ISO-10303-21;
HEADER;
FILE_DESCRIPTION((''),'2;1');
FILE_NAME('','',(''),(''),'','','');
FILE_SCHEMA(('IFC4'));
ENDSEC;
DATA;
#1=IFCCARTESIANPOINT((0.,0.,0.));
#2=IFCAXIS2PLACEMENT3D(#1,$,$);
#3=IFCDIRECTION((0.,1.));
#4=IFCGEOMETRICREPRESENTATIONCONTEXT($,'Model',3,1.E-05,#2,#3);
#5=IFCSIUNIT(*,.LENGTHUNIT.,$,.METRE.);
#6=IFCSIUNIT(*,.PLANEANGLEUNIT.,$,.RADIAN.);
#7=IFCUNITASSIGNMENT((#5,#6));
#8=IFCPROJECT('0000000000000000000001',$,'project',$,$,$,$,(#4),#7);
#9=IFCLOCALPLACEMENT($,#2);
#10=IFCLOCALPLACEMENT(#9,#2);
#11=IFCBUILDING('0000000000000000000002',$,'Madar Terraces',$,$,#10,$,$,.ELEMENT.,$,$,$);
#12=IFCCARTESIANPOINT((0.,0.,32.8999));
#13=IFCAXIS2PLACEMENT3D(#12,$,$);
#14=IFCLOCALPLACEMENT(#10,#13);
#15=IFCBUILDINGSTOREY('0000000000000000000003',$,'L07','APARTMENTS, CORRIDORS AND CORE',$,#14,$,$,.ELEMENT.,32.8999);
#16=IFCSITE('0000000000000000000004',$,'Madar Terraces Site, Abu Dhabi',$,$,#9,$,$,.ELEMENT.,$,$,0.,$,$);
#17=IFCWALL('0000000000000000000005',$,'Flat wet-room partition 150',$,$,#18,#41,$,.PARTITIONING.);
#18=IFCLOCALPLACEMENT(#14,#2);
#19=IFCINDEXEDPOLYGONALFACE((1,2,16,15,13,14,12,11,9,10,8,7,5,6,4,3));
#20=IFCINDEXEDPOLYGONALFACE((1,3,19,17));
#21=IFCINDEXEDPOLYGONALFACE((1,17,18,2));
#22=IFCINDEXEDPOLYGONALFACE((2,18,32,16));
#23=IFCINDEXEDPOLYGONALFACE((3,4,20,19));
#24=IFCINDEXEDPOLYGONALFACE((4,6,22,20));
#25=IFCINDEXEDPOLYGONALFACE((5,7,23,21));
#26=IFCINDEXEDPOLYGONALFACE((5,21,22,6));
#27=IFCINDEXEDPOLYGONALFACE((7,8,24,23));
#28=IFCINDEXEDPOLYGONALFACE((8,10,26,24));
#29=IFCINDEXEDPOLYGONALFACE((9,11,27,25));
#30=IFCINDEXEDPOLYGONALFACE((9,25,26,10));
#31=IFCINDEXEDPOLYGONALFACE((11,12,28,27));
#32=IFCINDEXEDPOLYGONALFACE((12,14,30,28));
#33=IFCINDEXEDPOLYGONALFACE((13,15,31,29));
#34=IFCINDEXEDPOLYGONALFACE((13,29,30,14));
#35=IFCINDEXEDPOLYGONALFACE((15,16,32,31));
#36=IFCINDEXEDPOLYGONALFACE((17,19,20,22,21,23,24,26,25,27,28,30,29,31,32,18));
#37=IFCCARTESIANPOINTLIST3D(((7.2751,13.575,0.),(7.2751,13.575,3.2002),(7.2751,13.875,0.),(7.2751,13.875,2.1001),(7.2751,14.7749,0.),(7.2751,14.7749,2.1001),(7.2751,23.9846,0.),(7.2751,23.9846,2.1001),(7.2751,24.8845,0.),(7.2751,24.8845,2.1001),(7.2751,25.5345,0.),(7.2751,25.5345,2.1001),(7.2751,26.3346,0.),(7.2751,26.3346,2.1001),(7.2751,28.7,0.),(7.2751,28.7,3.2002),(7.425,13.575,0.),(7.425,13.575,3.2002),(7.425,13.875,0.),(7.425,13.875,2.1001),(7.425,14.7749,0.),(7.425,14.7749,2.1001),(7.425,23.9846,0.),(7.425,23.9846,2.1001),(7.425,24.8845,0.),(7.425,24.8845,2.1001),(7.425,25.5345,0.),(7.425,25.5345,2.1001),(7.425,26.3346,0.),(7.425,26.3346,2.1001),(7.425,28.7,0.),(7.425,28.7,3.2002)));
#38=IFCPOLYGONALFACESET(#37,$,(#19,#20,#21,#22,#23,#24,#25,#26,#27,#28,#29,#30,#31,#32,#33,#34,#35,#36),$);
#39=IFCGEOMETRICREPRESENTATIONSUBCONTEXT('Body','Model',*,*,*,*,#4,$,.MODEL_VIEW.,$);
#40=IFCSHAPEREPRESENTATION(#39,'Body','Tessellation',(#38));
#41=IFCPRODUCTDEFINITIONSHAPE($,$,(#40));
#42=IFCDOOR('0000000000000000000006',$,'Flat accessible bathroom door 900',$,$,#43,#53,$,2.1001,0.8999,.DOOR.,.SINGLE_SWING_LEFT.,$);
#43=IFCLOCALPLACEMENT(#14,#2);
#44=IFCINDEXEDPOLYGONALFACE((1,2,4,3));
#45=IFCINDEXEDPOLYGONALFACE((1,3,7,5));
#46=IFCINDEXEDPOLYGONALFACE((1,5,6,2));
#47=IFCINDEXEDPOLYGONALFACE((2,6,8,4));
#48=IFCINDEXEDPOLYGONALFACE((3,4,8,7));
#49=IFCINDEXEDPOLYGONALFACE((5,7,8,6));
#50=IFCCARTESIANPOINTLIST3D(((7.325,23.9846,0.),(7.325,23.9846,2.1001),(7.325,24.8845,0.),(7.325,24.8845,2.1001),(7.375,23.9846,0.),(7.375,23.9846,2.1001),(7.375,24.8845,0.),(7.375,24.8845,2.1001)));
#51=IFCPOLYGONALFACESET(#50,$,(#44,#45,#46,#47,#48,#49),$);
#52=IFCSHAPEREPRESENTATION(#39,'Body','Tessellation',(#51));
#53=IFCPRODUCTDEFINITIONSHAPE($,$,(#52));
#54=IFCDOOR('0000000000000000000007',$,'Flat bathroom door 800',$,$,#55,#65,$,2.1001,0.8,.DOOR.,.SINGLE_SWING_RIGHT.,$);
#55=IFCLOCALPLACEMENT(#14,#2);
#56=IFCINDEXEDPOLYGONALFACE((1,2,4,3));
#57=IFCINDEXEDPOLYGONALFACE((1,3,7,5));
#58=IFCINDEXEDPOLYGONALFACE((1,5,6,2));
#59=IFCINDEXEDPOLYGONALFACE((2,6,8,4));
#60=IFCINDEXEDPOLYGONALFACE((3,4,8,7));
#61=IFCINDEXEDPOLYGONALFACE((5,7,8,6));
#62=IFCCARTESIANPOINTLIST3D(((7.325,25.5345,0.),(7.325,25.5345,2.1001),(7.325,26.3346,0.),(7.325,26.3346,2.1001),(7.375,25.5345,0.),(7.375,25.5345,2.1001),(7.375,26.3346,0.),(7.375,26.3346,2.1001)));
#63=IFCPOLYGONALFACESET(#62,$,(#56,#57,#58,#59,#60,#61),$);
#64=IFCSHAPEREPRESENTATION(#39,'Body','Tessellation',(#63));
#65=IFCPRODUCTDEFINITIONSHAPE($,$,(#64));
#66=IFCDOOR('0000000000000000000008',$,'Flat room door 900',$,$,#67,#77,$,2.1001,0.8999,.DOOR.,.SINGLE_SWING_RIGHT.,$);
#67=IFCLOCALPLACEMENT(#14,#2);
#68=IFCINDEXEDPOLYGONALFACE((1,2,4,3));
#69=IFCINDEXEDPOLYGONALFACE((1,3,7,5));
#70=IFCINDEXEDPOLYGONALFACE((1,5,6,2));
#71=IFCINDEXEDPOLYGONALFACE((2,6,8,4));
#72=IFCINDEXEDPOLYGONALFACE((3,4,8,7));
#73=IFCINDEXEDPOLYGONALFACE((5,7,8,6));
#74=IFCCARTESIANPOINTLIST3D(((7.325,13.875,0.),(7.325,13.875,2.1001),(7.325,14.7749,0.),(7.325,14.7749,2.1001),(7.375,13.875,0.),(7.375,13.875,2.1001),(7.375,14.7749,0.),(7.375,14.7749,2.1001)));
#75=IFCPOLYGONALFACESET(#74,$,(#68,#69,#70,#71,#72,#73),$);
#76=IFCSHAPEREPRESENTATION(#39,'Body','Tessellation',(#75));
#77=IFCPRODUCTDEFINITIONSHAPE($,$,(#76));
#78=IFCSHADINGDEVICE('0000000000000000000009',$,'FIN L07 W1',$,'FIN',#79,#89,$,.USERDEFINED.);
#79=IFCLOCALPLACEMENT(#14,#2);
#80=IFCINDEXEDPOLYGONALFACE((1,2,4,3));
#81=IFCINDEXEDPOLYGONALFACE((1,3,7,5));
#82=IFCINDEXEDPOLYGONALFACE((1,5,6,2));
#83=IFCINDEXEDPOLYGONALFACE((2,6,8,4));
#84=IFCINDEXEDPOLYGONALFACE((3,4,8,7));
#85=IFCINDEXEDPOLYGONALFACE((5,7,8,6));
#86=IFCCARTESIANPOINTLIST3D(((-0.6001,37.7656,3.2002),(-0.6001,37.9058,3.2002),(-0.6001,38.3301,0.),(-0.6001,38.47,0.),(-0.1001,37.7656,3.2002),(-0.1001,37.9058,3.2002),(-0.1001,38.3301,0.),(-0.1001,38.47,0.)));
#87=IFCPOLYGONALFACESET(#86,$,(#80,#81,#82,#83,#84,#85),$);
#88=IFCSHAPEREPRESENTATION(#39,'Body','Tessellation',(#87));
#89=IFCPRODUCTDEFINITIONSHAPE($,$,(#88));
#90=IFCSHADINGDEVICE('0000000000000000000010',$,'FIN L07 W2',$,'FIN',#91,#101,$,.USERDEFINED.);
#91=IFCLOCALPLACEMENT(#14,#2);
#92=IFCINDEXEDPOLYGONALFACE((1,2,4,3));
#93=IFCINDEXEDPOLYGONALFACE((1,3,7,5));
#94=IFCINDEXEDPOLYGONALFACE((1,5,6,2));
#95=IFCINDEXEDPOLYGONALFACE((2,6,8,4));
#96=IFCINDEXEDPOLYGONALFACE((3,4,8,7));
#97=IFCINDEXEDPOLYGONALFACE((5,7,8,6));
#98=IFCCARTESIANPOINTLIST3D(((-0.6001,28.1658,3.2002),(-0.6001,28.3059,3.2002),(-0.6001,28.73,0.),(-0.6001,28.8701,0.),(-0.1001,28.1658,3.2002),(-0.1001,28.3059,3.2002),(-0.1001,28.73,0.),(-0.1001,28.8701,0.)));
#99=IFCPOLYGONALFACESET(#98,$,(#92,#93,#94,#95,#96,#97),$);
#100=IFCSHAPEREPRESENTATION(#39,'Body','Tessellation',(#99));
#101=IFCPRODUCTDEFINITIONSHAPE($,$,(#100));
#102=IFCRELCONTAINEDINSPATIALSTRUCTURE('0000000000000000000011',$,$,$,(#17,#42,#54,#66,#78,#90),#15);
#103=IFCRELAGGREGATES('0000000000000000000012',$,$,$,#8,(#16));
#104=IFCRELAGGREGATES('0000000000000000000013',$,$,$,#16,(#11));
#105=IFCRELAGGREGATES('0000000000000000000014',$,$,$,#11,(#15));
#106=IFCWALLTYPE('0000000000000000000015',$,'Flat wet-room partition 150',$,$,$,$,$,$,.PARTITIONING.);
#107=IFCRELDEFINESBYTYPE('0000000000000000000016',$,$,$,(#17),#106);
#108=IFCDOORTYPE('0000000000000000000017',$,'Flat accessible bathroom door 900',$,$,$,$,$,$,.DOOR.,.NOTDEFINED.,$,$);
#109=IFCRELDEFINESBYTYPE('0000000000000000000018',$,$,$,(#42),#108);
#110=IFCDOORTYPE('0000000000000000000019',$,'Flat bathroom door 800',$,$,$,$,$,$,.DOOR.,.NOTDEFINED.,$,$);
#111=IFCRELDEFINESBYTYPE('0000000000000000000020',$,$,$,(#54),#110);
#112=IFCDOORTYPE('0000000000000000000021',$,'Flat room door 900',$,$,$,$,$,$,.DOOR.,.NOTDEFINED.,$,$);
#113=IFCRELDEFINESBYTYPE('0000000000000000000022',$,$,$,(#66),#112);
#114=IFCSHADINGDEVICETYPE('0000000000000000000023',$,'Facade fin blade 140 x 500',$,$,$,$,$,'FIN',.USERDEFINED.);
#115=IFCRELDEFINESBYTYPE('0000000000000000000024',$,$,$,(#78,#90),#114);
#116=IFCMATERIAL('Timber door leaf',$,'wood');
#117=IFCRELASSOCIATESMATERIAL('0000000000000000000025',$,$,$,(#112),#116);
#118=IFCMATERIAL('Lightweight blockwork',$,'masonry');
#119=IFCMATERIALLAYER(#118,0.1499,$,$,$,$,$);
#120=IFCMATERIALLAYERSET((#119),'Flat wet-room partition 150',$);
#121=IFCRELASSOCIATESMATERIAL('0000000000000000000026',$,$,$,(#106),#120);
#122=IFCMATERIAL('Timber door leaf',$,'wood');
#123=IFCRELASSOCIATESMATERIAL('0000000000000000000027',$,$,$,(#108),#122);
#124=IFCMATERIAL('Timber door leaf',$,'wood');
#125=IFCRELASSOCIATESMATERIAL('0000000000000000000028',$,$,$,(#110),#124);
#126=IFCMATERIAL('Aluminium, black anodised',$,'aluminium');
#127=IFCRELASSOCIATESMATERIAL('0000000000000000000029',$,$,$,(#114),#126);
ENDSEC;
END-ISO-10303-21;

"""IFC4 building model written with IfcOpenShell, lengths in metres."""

from ifc_helpers import new_model, si_unit, direction, frame, frame_2d, origin, place, context, subcontext, project, spatial, polyline, rectangle, outline, extrude, material, layer, layer_set, type_object, element, fill, save


model = new_model("IFC4")

# Units and contexts
model_context = context("Model", 3, precision=1e-05, world=origin(), true_north=direction((0.0, 1.0)))
body_context = subcontext(model_context, "Body", "Model", "MODEL_VIEW")
ifc_project = project(units=[si_unit("LENGTHUNIT", "METRE"), si_unit("PLANEANGLEUNIT", "RADIAN")], contexts=[model_context])

# Site, building, storey
site_placement = place(None, origin())
site = spatial("IfcSite", under=ifc_project, at=site_placement, Name="Madar Terraces Site, Abu Dhabi", CompositionType="ELEMENT", RefElevation=0.0)
building_placement = place(site_placement, origin())
building = spatial("IfcBuilding", under=site, at=building_placement, Name="Madar Terraces", CompositionType="ELEMENT")
storey_placement = place(building_placement, frame((0.0, 0.0, 32.8999)))
storey = spatial("IfcBuildingStorey", under=building, at=storey_placement, Name="L07", Description="APARTMENTS, CORRIDORS AND CORE", CompositionType="ELEMENT", Elevation=32.8999)

# Shared definitions
ifc_material_1 = material(Name="Timber door leaf", Category="wood")
door_type_1 = type_object("IfcDoorType", Name="Flat room door 900", OperationType="NOTDEFINED", PredefinedType="DOOR", material=ifc_material_1)

# Wall, openings, doors
ifc_material_2 = material(Name="Lightweight blockwork", Category="masonry")
ifc_layer_1 = layer(ifc_material_2, 0.1499)
ifc_layer_set_1 = layer_set([ifc_layer_1], Name="Flat wet-room partition 150")
wall_type_1 = type_object("IfcWallType", Name="Flat wet-room partition 150", PredefinedType="PARTITIONING", material=ifc_layer_set_1)
wall_1_placement = place(storey_placement, frame((7.3501, 28.7, 0.0), z_axis=(0.0, 0.0, 1.0), x_axis=(0.0, -1.0, 0.0)))
wall_1 = element("IfcWall", 1, at=wall_1_placement, inside=storey, type_object=wall_type_1, Name="Flat wet-room partition 150", PredefinedType="PARTITIONING", context=body_context, shape_type="SweptSolid", body=[
    extrude(rectangle(XDim=15.125, YDim=0.1499, at=frame_2d((7.5625, 0.0))), origin(), (0.0, 0.0, 1.0), 3.2002),
])
opening_1_placement = place(wall_1_placement, frame((13.925, 0.0, 0.0)))
opening_1 = element("IfcOpeningElement", 2, at=opening_1_placement, cuts=wall_1, PredefinedType="OPENING", context=body_context, shape_type="SweptSolid", body=[
    extrude(rectangle(XDim=0.8999, YDim=2.1001, at=frame_2d((0.45, 1.05))), frame((0.0, 0.085, 0.0), z_axis=(0.0, -1.0, 0.0), x_axis=(1.0, 0.0, 0.0)), (0.0, 0.0, 1.0), 0.1699),
])
opening_2_placement = place(wall_1_placement, frame((3.8154, 0.0, 0.0)))
opening_2 = element("IfcOpeningElement", 3, at=opening_2_placement, cuts=wall_1, PredefinedType="OPENING", context=body_context, shape_type="SweptSolid", body=[
    extrude(rectangle(XDim=0.8999, YDim=2.1001, at=frame_2d((0.45, 1.05))), frame((0.0, 0.085, 0.0), z_axis=(0.0, -1.0, 0.0), x_axis=(1.0, 0.0, 0.0)), (0.0, 0.0, 1.0), 0.1699),
])
opening_3_placement = place(wall_1_placement, frame((2.3655, 0.0, 0.0)))
opening_3 = element("IfcOpeningElement", 4, at=opening_3_placement, cuts=wall_1, PredefinedType="OPENING", context=body_context, shape_type="SweptSolid", body=[
    extrude(rectangle(XDim=0.8, YDim=2.1001, at=frame_2d((0.3999, 1.05))), frame((0.0, 0.085, 0.0), z_axis=(0.0, -1.0, 0.0), x_axis=(1.0, 0.0, 0.0)), (0.0, 0.0, 1.0), 0.1699),
])
ifc_material_3 = material(Name="Timber door leaf", Category="wood")
door_type_2 = type_object("IfcDoorType", Name="Flat accessible bathroom door 900", OperationType="NOTDEFINED", PredefinedType="DOOR", material=ifc_material_3)
door_1_placement = place(opening_2_placement, origin())
door_1 = element("IfcDoor", 5, at=door_1_placement, inside=storey, type_object=door_type_2, Name="Flat accessible bathroom door 900", OperationType="SINGLE_SWING_LEFT", OverallHeight=2.1001, OverallWidth=0.8999, PredefinedType="DOOR", context=body_context, shape_type="SweptSolid", body=[
    extrude(rectangle(XDim=0.8999, YDim=2.1001, at=frame_2d((0.45, 1.05))), frame((0.0, 0.0249, 0.0), z_axis=(0.0, -1.0, 0.0), x_axis=(1.0, 0.0, 0.0)), (0.0, 0.0, 1.0), 0.05),
])
fill(opening_2, door_1)
ifc_material_4 = material(Name="Timber door leaf", Category="wood")
door_type_3 = type_object("IfcDoorType", Name="Flat bathroom door 800", OperationType="NOTDEFINED", PredefinedType="DOOR", material=ifc_material_4)
door_2_placement = place(opening_3_placement, origin())
door_2 = element("IfcDoor", 6, at=door_2_placement, inside=storey, type_object=door_type_3, Name="Flat bathroom door 800", OperationType="SINGLE_SWING_RIGHT", OverallHeight=2.1001, OverallWidth=0.8, PredefinedType="DOOR", context=body_context, shape_type="SweptSolid", body=[
    extrude(rectangle(XDim=0.8, YDim=2.1001, at=frame_2d((0.3999, 1.05))), frame((0.0, 0.0249, 0.0), z_axis=(0.0, -1.0, 0.0), x_axis=(1.0, 0.0, 0.0)), (0.0, 0.0, 1.0), 0.05),
])
fill(opening_3, door_2)
door_3_placement = place(opening_1_placement, origin())
door_3 = element("IfcDoor", 7, at=door_3_placement, inside=storey, type_object=door_type_1, Name="Flat room door 900", OperationType="SINGLE_SWING_RIGHT", OverallHeight=2.1001, OverallWidth=0.8999, PredefinedType="DOOR", context=body_context, shape_type="SweptSolid", body=[
    extrude(rectangle(XDim=0.8999, YDim=2.1001, at=frame_2d((0.45, 1.05))), frame((0.0, 0.0249, 0.0), z_axis=(0.0, -1.0, 0.0), x_axis=(1.0, 0.0, 0.0)), (0.0, 0.0, 1.0), 0.05),
])
fill(opening_1, door_3)

# Shading devices
ifc_material_5 = material(Name="Aluminium, black anodised", Category="aluminium")
shading_device_type = type_object("IfcShadingDeviceType", Name="Facade fin blade 140 x 500", ElementType="FIN", PredefinedType="USERDEFINED", material=ifc_material_5)
shading_device_1_placement = place(storey_placement, frame((-0.3501, 38.47, 0.0), z_axis=(0.0, 0.0, 1.0), x_axis=(0.0, -1.0, 0.0)))
element("IfcShadingDevice", 8, at=shading_device_1_placement, inside=storey, type_object=shading_device_type, Name="FIN L07 W1", ObjectType="FIN", PredefinedType="USERDEFINED", context=body_context, shape_type="SweptSolid", body=[
    extrude(outline(polyline([(0.0, 0.0), (0.1399, 0.0), (0.7043, 3.2002), (0.5642, 3.2002), (0.0, 0.0)])), frame((0.0, 0.25, 0.0), z_axis=(0.0, -1.0, 0.0), x_axis=(1.0, 0.0, 0.0)), (0.0, 0.0, 1.0), 0.5),
])
shading_device_2_placement = place(storey_placement, frame((-0.3501, 28.8701, 0.0), z_axis=(0.0, 0.0, 1.0), x_axis=(0.0, -1.0, 0.0)))
element("IfcShadingDevice", 9, at=shading_device_2_placement, inside=storey, type_object=shading_device_type, Name="FIN L07 W2", ObjectType="FIN", PredefinedType="USERDEFINED", context=body_context, shape_type="SweptSolid", body=[
    extrude(outline(polyline([(0.0, 0.0), (0.1401, 0.0), (0.7043, 3.2002), (0.5642, 3.2002), (0.0, 0.0)])), frame((0.0, 0.25, 0.0), z_axis=(0.0, -1.0, 0.0), x_axis=(1.0, 0.0, 0.0)), (0.0, 0.0, 1.0), 0.5),
])

save(model, "model.ifc")
